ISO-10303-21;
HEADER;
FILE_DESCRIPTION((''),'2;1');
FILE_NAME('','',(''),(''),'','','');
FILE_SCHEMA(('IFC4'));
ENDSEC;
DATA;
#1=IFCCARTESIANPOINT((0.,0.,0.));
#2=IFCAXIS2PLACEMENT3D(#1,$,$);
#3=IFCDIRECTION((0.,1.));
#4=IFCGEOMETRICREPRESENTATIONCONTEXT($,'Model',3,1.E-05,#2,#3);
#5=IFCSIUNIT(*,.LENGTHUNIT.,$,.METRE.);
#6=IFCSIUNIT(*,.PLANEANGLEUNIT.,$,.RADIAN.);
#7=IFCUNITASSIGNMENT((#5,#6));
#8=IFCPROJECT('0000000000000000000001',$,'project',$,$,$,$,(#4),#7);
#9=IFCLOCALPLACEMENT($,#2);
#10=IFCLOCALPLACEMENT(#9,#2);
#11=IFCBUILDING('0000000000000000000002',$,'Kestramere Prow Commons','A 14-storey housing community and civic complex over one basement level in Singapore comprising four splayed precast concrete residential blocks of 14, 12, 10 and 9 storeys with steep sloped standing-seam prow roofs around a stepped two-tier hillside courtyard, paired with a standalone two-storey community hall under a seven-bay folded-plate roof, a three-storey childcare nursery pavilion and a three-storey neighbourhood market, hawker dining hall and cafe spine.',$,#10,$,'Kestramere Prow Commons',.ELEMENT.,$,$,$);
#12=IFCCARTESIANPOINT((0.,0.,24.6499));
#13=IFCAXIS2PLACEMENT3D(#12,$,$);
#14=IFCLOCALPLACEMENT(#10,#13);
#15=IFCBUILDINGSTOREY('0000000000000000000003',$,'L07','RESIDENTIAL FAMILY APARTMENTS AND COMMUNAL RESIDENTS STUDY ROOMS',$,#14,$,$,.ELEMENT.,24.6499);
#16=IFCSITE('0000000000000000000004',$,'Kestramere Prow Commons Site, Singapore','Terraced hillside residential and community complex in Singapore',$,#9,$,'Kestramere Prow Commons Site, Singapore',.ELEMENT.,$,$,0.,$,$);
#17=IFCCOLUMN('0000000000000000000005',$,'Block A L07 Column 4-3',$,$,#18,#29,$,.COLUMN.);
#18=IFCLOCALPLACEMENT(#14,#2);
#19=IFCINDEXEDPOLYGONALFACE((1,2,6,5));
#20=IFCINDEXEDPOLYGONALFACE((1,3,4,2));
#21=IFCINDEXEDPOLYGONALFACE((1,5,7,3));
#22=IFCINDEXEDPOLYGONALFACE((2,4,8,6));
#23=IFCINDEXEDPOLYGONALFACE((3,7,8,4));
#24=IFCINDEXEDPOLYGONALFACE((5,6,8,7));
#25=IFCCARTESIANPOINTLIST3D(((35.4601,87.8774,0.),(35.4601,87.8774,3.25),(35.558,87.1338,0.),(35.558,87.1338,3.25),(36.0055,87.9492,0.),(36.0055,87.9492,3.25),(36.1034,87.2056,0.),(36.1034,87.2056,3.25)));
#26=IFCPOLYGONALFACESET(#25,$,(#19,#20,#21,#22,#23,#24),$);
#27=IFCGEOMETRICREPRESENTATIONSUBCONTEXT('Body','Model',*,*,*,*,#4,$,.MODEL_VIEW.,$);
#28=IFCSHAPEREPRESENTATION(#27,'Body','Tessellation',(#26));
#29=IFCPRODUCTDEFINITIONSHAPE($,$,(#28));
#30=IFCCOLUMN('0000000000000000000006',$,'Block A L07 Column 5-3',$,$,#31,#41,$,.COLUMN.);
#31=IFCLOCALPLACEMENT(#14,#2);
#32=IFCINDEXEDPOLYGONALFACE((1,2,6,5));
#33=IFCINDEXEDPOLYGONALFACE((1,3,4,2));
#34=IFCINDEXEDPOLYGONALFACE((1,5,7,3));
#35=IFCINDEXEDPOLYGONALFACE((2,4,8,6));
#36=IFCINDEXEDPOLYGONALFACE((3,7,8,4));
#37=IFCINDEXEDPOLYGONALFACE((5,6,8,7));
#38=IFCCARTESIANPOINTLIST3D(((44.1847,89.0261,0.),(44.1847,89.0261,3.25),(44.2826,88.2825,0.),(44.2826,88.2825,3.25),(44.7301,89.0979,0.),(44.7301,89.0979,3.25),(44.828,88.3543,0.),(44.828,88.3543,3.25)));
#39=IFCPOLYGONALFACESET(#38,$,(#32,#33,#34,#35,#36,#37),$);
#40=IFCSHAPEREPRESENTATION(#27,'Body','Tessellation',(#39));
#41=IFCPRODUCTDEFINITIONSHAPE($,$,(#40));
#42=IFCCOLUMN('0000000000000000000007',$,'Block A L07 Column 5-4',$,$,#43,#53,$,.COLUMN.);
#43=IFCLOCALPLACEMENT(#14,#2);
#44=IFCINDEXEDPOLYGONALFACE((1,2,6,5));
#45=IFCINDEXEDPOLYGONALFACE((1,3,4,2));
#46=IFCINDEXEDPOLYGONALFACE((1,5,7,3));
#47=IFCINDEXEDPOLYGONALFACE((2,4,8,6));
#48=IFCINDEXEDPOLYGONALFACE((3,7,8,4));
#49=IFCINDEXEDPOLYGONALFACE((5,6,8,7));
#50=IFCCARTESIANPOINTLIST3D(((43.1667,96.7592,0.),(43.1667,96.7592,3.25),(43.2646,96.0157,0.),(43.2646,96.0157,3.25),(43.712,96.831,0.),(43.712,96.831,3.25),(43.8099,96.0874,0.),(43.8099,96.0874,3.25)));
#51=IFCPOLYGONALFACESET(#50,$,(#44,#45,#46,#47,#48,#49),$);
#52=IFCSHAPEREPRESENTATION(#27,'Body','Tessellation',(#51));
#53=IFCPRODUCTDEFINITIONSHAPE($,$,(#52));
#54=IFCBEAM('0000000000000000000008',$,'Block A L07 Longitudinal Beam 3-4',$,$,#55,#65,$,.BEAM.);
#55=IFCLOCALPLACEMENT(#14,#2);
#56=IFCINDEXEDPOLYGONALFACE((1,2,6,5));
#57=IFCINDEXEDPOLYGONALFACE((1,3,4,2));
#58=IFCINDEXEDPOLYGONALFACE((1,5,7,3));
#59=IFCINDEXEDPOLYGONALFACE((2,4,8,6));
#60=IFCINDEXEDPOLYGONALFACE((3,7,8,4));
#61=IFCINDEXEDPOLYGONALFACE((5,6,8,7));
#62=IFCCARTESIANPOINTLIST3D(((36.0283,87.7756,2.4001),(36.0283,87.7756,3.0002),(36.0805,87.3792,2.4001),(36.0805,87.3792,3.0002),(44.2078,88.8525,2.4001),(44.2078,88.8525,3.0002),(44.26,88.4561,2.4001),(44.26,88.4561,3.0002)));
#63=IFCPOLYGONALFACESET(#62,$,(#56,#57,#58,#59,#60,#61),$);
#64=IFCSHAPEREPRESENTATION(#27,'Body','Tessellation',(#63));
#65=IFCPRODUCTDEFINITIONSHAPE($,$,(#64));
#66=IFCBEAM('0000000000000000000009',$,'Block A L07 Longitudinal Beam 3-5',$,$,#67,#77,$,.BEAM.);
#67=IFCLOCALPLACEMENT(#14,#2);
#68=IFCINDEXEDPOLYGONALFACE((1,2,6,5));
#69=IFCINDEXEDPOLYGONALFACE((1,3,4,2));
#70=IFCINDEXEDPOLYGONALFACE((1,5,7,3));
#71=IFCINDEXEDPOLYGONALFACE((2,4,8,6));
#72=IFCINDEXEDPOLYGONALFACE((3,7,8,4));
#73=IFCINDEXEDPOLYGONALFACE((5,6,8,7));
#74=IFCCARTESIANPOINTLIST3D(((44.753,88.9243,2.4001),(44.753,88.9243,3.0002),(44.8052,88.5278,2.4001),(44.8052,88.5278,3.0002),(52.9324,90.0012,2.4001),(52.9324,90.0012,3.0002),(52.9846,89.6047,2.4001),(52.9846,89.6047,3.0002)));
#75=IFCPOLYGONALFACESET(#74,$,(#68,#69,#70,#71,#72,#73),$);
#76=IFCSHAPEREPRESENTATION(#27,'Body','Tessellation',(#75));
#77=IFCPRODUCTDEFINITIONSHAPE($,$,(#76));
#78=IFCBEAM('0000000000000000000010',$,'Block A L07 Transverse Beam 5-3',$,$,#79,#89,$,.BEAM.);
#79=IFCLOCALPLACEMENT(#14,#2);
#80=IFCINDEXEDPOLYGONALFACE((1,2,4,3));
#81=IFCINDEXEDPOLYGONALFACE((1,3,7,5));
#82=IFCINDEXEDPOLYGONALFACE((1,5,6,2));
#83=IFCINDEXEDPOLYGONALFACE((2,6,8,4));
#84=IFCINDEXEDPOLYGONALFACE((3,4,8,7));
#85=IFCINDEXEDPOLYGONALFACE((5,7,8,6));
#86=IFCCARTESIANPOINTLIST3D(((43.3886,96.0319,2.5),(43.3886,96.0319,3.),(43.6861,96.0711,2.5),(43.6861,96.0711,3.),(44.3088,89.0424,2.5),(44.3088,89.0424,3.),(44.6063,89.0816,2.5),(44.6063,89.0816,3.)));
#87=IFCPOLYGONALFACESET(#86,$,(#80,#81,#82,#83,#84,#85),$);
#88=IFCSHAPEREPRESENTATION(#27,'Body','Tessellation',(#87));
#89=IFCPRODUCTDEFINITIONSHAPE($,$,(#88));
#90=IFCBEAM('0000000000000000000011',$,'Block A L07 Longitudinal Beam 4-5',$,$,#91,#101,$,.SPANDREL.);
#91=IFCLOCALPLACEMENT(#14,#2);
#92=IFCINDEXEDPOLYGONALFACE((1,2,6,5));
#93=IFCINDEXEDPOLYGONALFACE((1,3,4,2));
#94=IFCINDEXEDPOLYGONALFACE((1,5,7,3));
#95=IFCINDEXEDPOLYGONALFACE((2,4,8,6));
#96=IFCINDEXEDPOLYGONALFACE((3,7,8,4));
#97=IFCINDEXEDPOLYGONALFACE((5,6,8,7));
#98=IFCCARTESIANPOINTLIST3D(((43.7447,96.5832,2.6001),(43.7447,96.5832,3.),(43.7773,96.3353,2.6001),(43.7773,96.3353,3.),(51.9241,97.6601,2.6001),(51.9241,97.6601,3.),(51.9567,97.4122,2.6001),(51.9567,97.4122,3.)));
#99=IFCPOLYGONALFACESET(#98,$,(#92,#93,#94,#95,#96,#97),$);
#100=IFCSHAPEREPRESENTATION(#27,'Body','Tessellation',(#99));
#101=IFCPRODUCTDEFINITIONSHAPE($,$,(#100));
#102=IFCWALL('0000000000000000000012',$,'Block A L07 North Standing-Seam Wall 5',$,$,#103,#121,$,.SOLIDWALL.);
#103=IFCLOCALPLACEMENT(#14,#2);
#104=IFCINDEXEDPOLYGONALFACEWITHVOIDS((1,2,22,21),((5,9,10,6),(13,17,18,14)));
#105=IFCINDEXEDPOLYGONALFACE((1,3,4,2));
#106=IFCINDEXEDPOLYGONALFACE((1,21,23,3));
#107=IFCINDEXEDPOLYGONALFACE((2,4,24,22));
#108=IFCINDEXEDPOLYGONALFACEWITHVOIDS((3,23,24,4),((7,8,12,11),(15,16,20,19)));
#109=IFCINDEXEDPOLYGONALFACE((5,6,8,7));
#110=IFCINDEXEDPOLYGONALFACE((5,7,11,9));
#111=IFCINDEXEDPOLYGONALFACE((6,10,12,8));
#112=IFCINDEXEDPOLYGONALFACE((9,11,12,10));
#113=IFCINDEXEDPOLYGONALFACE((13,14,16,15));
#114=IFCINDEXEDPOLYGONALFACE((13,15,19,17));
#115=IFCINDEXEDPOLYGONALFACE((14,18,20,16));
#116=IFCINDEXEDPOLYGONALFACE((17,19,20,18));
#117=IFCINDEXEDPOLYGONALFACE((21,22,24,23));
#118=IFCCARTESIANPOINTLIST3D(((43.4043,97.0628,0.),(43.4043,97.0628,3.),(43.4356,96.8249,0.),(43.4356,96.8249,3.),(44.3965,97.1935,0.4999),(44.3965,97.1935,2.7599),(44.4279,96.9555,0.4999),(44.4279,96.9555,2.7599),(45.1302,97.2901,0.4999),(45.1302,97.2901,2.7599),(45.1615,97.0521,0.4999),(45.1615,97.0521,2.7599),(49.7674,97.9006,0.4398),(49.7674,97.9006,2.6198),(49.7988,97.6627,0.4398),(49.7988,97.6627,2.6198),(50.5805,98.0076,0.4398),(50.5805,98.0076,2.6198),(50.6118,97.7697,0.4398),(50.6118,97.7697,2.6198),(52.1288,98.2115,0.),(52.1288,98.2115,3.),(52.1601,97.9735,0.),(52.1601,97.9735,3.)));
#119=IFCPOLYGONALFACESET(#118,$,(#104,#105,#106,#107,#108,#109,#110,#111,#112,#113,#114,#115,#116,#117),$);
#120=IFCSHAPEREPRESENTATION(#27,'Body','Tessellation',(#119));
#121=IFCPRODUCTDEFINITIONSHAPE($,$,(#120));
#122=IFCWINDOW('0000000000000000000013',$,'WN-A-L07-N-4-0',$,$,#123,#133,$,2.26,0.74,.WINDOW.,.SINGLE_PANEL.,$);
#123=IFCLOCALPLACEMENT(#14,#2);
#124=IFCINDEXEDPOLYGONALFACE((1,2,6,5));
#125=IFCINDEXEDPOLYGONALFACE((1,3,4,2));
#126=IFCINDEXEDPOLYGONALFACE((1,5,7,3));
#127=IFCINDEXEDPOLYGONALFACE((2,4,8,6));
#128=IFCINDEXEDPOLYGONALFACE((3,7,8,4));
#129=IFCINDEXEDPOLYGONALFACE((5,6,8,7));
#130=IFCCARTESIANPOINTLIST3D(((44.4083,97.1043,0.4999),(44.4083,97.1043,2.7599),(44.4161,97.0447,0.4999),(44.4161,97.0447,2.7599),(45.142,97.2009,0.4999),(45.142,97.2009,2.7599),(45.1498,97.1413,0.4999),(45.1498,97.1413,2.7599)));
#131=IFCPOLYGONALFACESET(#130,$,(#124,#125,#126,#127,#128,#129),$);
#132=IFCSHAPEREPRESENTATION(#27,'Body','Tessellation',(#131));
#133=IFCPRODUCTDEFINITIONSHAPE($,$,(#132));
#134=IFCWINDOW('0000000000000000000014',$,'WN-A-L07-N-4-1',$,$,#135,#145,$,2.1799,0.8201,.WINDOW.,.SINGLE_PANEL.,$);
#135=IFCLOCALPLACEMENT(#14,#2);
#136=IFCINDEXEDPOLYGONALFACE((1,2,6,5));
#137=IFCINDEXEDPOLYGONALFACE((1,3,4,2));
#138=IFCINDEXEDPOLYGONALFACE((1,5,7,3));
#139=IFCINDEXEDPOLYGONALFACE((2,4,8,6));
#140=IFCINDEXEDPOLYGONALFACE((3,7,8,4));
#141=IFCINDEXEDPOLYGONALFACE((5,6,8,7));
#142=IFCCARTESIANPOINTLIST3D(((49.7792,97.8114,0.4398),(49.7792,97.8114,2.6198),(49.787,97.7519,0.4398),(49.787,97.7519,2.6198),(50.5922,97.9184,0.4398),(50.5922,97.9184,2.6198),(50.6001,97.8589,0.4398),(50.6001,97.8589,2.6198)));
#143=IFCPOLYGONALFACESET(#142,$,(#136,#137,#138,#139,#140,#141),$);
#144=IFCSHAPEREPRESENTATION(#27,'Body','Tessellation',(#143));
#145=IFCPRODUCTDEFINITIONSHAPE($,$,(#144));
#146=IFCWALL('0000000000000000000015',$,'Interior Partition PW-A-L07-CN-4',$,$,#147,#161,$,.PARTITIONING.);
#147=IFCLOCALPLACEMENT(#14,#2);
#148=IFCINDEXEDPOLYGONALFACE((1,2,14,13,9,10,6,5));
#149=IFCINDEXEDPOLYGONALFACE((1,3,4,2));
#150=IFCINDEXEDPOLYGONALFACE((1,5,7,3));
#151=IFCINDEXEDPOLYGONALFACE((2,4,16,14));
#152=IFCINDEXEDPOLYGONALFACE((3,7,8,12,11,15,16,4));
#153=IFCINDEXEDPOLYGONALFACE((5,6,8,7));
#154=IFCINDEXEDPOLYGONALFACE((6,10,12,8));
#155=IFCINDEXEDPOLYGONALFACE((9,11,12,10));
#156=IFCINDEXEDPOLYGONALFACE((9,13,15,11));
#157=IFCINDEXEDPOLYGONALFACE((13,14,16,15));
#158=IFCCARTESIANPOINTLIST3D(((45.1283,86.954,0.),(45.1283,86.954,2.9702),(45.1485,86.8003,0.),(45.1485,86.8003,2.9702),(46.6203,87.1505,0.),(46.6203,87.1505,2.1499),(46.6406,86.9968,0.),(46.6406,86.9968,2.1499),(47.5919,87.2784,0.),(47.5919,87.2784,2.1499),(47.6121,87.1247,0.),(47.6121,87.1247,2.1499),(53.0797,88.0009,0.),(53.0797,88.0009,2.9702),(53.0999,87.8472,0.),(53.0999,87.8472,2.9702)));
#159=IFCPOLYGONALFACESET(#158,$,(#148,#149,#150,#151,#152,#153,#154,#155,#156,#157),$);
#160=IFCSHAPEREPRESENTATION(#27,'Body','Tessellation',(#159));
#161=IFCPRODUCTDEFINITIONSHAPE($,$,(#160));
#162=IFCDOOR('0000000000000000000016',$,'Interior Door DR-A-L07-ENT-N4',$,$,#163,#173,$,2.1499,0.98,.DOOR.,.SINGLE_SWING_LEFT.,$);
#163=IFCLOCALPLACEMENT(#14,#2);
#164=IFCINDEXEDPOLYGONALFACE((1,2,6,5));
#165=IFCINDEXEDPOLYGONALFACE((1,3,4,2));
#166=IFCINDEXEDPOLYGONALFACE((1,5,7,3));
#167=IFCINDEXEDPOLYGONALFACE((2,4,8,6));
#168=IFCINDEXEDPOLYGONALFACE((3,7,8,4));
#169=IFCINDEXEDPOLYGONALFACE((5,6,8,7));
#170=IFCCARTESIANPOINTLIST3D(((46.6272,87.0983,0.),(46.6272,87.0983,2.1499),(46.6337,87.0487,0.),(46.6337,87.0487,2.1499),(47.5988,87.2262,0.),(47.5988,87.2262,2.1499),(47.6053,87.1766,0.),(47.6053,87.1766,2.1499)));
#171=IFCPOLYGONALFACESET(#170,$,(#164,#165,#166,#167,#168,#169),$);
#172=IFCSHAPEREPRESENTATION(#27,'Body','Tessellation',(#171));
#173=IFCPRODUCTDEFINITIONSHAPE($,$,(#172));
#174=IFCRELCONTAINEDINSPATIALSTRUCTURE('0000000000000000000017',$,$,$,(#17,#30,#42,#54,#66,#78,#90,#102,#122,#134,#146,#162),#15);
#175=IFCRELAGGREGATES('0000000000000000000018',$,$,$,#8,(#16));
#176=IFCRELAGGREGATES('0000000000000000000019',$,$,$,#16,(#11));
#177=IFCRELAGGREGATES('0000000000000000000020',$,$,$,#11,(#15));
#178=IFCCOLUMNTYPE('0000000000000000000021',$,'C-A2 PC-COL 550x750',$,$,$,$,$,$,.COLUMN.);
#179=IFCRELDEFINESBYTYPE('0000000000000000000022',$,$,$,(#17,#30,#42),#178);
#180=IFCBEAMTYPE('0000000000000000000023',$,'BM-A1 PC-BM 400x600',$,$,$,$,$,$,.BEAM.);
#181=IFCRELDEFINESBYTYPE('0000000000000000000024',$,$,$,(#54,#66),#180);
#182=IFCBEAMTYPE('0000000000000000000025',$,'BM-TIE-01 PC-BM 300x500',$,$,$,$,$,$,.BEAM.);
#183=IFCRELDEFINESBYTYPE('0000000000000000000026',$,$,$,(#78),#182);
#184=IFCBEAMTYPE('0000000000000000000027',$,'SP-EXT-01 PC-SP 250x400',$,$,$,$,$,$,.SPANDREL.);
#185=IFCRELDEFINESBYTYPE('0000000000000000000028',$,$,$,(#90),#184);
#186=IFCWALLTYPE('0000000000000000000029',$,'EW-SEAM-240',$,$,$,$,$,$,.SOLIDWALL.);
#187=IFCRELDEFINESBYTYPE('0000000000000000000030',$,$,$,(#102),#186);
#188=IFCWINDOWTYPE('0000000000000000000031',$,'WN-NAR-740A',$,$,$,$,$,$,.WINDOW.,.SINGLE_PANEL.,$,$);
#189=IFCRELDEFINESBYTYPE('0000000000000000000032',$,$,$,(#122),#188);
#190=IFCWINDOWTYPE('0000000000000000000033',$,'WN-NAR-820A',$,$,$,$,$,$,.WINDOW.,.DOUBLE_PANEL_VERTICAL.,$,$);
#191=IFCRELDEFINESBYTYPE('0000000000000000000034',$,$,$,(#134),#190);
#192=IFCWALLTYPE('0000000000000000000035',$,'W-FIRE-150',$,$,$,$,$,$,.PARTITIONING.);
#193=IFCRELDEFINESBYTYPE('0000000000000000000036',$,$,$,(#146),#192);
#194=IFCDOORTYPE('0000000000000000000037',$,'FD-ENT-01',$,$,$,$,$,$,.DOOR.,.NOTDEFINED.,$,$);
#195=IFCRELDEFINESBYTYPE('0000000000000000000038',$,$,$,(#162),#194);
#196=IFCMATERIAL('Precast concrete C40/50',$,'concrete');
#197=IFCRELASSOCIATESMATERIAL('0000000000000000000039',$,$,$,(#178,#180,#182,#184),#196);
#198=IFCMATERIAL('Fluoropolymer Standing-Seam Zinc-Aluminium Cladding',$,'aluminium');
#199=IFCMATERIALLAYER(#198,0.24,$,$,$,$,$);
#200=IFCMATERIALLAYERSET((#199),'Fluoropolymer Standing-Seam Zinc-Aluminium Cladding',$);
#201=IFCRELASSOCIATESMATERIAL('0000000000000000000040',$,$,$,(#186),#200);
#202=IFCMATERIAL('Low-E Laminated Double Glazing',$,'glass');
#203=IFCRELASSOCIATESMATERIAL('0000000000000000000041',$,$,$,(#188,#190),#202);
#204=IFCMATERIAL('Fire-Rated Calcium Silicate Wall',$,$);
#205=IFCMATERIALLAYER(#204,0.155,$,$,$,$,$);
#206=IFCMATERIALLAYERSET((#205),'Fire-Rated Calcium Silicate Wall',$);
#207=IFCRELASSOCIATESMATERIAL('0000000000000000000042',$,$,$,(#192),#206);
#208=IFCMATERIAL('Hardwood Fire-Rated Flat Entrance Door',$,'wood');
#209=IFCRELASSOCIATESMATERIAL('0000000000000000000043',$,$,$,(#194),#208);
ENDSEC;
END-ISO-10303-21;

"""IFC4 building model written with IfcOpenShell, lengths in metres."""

from ifc_helpers import new_model, si_unit, direction, frame, frame_2d, origin, origin_2d, place, context, subcontext, project, spatial, rectangle, extrude, material, layer, layer_set, material_profile, profile_set, type_object, element, fill, save


model = new_model("IFC4")

# Units and contexts
model_context = context("Model", 3, precision=1e-05, world=origin(), true_north=direction((0.0, 1.0)))
body_context = subcontext(model_context, "Body", "Model", "MODEL_VIEW")
ifc_project = project(units=[si_unit("LENGTHUNIT", "METRE"), si_unit("PLANEANGLEUNIT", "RADIAN")], contexts=[model_context])

# Site, building, storey
site_placement = place(None, origin())
site = spatial("IfcSite", under=ifc_project, at=site_placement, Name="Kestramere Prow Commons Site, Singapore", Description="Terraced hillside residential and community complex in Singapore", LongName="Kestramere Prow Commons Site, Singapore", CompositionType="ELEMENT", RefElevation=0.0)
building_placement = place(site_placement, origin())
building = spatial("IfcBuilding", under=site, at=building_placement, Name="Kestramere Prow Commons", Description="A 14-storey housing community and civic complex over one basement level in Singapore comprising four splayed precast concrete residential blocks of 14, 12, 10 and 9 storeys with steep sloped standing-seam prow roofs around a stepped two-tier hillside courtyard, paired with a standalone two-storey community hall under a seven-bay folded-plate roof, a three-storey childcare nursery pavilion and a three-storey neighbourhood market, hawker dining hall and cafe spine.", LongName="Kestramere Prow Commons", CompositionType="ELEMENT")
storey_placement = place(building_placement, frame((0.0, 0.0, 24.6499)))
storey = spatial("IfcBuildingStorey", under=building, at=storey_placement, Name="L07", Description="RESIDENTIAL FAMILY APARTMENTS AND COMMUNAL RESIDENTS STUDY ROOMS", CompositionType="ELEMENT", Elevation=24.6499)

# Columns
ifc_material_1 = material(Name="Precast concrete C40/50", Category="concrete")
ifc_material_profile_1 = material_profile(ifc_material_1, rectangle(XDim=0.55, YDim=0.75, at=origin_2d()), Name="PC-COL 550x750")
ifc_profile_set_1 = profile_set([ifc_material_profile_1], Name="Precast concrete C40/50")
column_type = type_object("IfcColumnType", Name="C-A2 PC-COL 550x750", PredefinedType="COLUMN", material=ifc_profile_set_1)
for number, where, z_axis, x_axis, name in (
    (1, (35.7817, 87.5415, 0.0), (0.0, 0.0, 1.0), (0.991445, 0.130526, 0.0), "Block A L07 Column 4-3"),
    (2, (44.5063, 88.6902, 0.0), (0.0, 0.0, 1.0), (0.991445, 0.130526, 0.0), "Block A L07 Column 5-3"),
    (3, (43.4883, 96.4233, 0.0), (0.0, 0.0, 1.0), (0.991445, 0.130526, 0.0), "Block A L07 Column 5-4"),
):
    element("IfcColumn", number, at=place(storey_placement, frame(where, z_axis=z_axis, x_axis=x_axis)), inside=storey, type_object=column_type, Name=name, PredefinedType="COLUMN", context=body_context, shape_type="SweptSolid", body=[
        extrude(rectangle(XDim=0.55, YDim=0.75, at=origin_2d()), origin(), (0.0, 0.0, 1.0), 3.25),
    ])

# Beams
ifc_material_profile_2 = material_profile(ifc_material_1, rectangle(XDim=0.3999, YDim=0.6001, at=origin_2d()), Name="PC-BM 400x600")
ifc_profile_set_2 = profile_set([ifc_material_profile_2], Name="Precast concrete C40/50")
beam_type_1 = type_object("IfcBeamType", Name="BM-A1 PC-BM 400x600", PredefinedType="BEAM", material=ifc_profile_set_2)
for number, where, z_axis, x_axis, name in (
    (4, (36.0544, 87.5774, 2.7002), (0.991444, 0.130533, 0.0), (-0.130533, 0.991444, 0.0), "Block A L07 Longitudinal Beam 3-4"),
    (5, (44.7791, 88.7261, 2.7002), (0.991444, 0.130533, 0.0), (-0.130533, 0.991444, 0.0), "Block A L07 Longitudinal Beam 3-5"),
):
    element("IfcBeam", number, at=place(storey_placement, frame(where, z_axis=z_axis, x_axis=x_axis)), inside=storey, type_object=beam_type_1, Name=name, PredefinedType="BEAM", context=body_context, shape_type="SweptSolid", body=[
        extrude(rectangle(XDim=0.3999, YDim=0.6001, at=origin_2d()), origin(), (0.0, 0.0, 1.0), 8.25),
    ])
ifc_material_profile_3 = material_profile(ifc_material_1, rectangle(XDim=0.3, YDim=0.5, at=origin_2d()), Name="PC-BM 300x500")
ifc_profile_set_3 = profile_set([ifc_material_profile_3], Name="Precast concrete C40/50")
beam_type_2 = type_object("IfcBeamType", Name="BM-TIE-01 PC-BM 300x500", PredefinedType="BEAM", material=ifc_profile_set_3)
beam_1_placement = place(storey_placement, frame((44.4575, 89.062, 2.75), z_axis=(-0.130523, 0.991445, 0.0), x_axis=(-0.991445, -0.130523, 0.0)))
element("IfcBeam", 6, at=beam_1_placement, inside=storey, type_object=beam_type_2, Name="Block A L07 Transverse Beam 5-3", PredefinedType="BEAM", context=body_context, shape_type="SweptSolid", body=[
    extrude(rectangle(XDim=0.3, YDim=0.5, at=origin_2d()), origin(), (0.0, 0.0, 1.0), 7.0498),
])
ifc_material_profile_4 = material_profile(ifc_material_1, rectangle(XDim=0.25, YDim=0.3999, at=origin_2d()), Name="PC-SP 250x400")
ifc_profile_set_4 = profile_set([ifc_material_profile_4], Name="Precast concrete C40/50")
beam_type_3 = type_object("IfcBeamType", Name="SP-EXT-01 PC-SP 250x400", PredefinedType="SPANDREL", material=ifc_profile_set_4)
beam_2_placement = place(storey_placement, frame((43.761, 96.4592, 2.8), z_axis=(0.991444, 0.130533, 0.0), x_axis=(-0.130533, 0.991444, 0.0)))
element("IfcBeam", 7, at=beam_2_placement, inside=storey, type_object=beam_type_3, Name="Block A L07 Longitudinal Beam 4-5", PredefinedType="SPANDREL", context=body_context, shape_type="SweptSolid", body=[
    extrude(rectangle(XDim=0.25, YDim=0.3999, at=origin_2d()), origin(), (0.0, 0.0, 1.0), 8.25),
])

# Wall, openings, windows
ifc_material_2 = material(Name="Fluoropolymer Standing-Seam Zinc-Aluminium Cladding", Category="aluminium")
ifc_layer_1 = layer(ifc_material_2, 0.24)
ifc_layer_set_1 = layer_set([ifc_layer_1], Name="Fluoropolymer Standing-Seam Zinc-Aluminium Cladding")
wall_type_1 = type_object("IfcWallType", Name="EW-SEAM-240", PredefinedType="SOLIDWALL", material=ifc_layer_set_1)
wall_1_placement = place(storey_placement, frame((43.4199, 96.9438, 0.0), z_axis=(0.0, 0.0, 1.0), x_axis=(0.991444, 0.130533, 0.0)))
wall_1 = element("IfcWall", 8, at=wall_1_placement, inside=storey, type_object=wall_type_1, Name="Block A L07 North Standing-Seam Wall 5", PredefinedType="SOLIDWALL", context=body_context, shape_type="SweptSolid", body=[
    extrude(rectangle(XDim=8.7998, YDim=0.24, at=frame_2d((4.3999, 0.0))), origin(), (0.0, 0.0, 1.0), 3.0),
])
opening_1_placement = place(wall_1_placement, frame((1.0007, 0.0, 0.5)))
opening_1 = element("IfcOpeningElement", 9, at=opening_1_placement, cuts=wall_1, PredefinedType="OPENING", context=body_context, shape_type="SweptSolid", body=[
    extrude(rectangle(XDim=0.74, YDim=2.26, at=frame_2d((0.3701, 1.1299))), frame((0.0, 0.135, 0.0), z_axis=(0.0, -1.0, 0.0), x_axis=(1.0, 0.0, 0.0)), (0.0, 0.0, 1.0), 0.27),
])
opening_2_placement = place(wall_1_placement, frame((6.418, 0.0, 0.4399)))
opening_2 = element("IfcOpeningElement", 10, at=opening_2_placement, cuts=wall_1, PredefinedType="OPENING", context=body_context, shape_type="SweptSolid", body=[
    extrude(rectangle(XDim=0.8201, YDim=2.1799, at=frame_2d((0.4102, 1.0898))), frame((0.0, 0.135, 0.0), z_axis=(0.0, -1.0, 0.0), x_axis=(1.0, 0.0, 0.0)), (0.0, 0.0, 1.0), 0.27),
])
ifc_material_3 = material(Name="Low-E Laminated Double Glazing", Category="glass")
window_type_1 = type_object("IfcWindowType", Name="WN-NAR-740A", PartitioningType="SINGLE_PANEL", PredefinedType="WINDOW", material=ifc_material_3)
window_1_placement = place(opening_1_placement, origin())
window_1 = element("IfcWindow", 11, at=window_1_placement, inside=storey, type_object=window_type_1, Name="WN-A-L07-N-4-0", OverallHeight=2.26, OverallWidth=0.74, PartitioningType="SINGLE_PANEL", PredefinedType="WINDOW", context=body_context, shape_type="SweptSolid", body=[
    extrude(rectangle(XDim=0.74, YDim=2.26, at=frame_2d((0.3701, 1.1299))), frame((0.0, 0.03, 0.0), z_axis=(0.0, -1.0, 0.0), x_axis=(1.0, 0.0, 0.0)), (0.0, 0.0, 1.0), 0.0601),
])
fill(opening_1, window_1)
window_type_2 = type_object("IfcWindowType", Name="WN-NAR-820A", PartitioningType="DOUBLE_PANEL_VERTICAL", PredefinedType="WINDOW", material=ifc_material_3)
window_2_placement = place(opening_2_placement, origin())
window_2 = element("IfcWindow", 12, at=window_2_placement, inside=storey, type_object=window_type_2, Name="WN-A-L07-N-4-1", OverallHeight=2.1799, OverallWidth=0.8201, PartitioningType="SINGLE_PANEL", PredefinedType="WINDOW", context=body_context, shape_type="SweptSolid", body=[
    extrude(rectangle(XDim=0.8201, YDim=2.1799, at=frame_2d((0.4102, 1.0898))), frame((0.0, 0.03, 0.0), z_axis=(0.0, -1.0, 0.0), x_axis=(1.0, 0.0, 0.0)), (0.0, 0.0, 1.0), 0.0601),
])
fill(opening_2, window_2)

# Wall, opening, door
ifc_material_4 = material(Name="Fire-Rated Calcium Silicate Wall")
ifc_layer_2 = layer(ifc_material_4, 0.155)
ifc_layer_set_2 = layer_set([ifc_layer_2], Name="Fire-Rated Calcium Silicate Wall")
wall_type_2 = type_object("IfcWallType", Name="W-FIRE-150", PredefinedType="PARTITIONING", material=ifc_layer_set_2)
wall_2_placement = place(storey_placement, frame((45.1384, 86.8772, 0.0), z_axis=(0.0, 0.0, 1.0), x_axis=(0.991444, 0.130532, 0.0)))
wall_2 = element("IfcWall", 13, at=wall_2_placement, inside=storey, type_object=wall_type_2, Name="Interior Partition PW-A-L07-CN-4", PredefinedType="PARTITIONING", context=body_context, shape_type="SweptSolid", body=[
    extrude(rectangle(XDim=8.02, YDim=0.155, at=frame_2d((4.01, 0.0))), origin(), (0.0, 0.0, 1.0), 2.9702),
])
opening_3_placement = place(wall_2_placement, frame((1.5049, 0.0, 0.0)))
opening_3 = element("IfcOpeningElement", 14, at=opening_3_placement, cuts=wall_2, PredefinedType="OPENING", context=body_context, shape_type="SweptSolid", body=[
    extrude(rectangle(XDim=0.98, YDim=2.1499, at=frame_2d((0.49, 1.075))), frame((0.0, 0.0925, 0.0), z_axis=(0.0, -1.0, 0.0), x_axis=(1.0, 0.0, 0.0)), (0.0, 0.0, 1.0), 0.1851),
])
ifc_material_5 = material(Name="Hardwood Fire-Rated Flat Entrance Door", Category="wood")
door_type_1 = type_object("IfcDoorType", Name="FD-ENT-01", OperationType="NOTDEFINED", PredefinedType="DOOR", material=ifc_material_5)
door_1_placement = place(opening_3_placement, origin())
door_1 = element("IfcDoor", 15, at=door_1_placement, inside=storey, type_object=door_type_1, Name="Interior Door DR-A-L07-ENT-N4", OperationType="SINGLE_SWING_LEFT", OverallHeight=2.1499, OverallWidth=0.98, PredefinedType="DOOR", context=body_context, shape_type="SweptSolid", body=[
    extrude(rectangle(XDim=0.98, YDim=2.1499, at=frame_2d((0.49, 1.075))), frame((0.0, 0.0249, 0.0), z_axis=(0.0, -1.0, 0.0), x_axis=(1.0, 0.0, 0.0)), (0.0, 0.0, 1.0), 0.05),
])
fill(opening_3, door_1)

save(model, "model.ifc")
